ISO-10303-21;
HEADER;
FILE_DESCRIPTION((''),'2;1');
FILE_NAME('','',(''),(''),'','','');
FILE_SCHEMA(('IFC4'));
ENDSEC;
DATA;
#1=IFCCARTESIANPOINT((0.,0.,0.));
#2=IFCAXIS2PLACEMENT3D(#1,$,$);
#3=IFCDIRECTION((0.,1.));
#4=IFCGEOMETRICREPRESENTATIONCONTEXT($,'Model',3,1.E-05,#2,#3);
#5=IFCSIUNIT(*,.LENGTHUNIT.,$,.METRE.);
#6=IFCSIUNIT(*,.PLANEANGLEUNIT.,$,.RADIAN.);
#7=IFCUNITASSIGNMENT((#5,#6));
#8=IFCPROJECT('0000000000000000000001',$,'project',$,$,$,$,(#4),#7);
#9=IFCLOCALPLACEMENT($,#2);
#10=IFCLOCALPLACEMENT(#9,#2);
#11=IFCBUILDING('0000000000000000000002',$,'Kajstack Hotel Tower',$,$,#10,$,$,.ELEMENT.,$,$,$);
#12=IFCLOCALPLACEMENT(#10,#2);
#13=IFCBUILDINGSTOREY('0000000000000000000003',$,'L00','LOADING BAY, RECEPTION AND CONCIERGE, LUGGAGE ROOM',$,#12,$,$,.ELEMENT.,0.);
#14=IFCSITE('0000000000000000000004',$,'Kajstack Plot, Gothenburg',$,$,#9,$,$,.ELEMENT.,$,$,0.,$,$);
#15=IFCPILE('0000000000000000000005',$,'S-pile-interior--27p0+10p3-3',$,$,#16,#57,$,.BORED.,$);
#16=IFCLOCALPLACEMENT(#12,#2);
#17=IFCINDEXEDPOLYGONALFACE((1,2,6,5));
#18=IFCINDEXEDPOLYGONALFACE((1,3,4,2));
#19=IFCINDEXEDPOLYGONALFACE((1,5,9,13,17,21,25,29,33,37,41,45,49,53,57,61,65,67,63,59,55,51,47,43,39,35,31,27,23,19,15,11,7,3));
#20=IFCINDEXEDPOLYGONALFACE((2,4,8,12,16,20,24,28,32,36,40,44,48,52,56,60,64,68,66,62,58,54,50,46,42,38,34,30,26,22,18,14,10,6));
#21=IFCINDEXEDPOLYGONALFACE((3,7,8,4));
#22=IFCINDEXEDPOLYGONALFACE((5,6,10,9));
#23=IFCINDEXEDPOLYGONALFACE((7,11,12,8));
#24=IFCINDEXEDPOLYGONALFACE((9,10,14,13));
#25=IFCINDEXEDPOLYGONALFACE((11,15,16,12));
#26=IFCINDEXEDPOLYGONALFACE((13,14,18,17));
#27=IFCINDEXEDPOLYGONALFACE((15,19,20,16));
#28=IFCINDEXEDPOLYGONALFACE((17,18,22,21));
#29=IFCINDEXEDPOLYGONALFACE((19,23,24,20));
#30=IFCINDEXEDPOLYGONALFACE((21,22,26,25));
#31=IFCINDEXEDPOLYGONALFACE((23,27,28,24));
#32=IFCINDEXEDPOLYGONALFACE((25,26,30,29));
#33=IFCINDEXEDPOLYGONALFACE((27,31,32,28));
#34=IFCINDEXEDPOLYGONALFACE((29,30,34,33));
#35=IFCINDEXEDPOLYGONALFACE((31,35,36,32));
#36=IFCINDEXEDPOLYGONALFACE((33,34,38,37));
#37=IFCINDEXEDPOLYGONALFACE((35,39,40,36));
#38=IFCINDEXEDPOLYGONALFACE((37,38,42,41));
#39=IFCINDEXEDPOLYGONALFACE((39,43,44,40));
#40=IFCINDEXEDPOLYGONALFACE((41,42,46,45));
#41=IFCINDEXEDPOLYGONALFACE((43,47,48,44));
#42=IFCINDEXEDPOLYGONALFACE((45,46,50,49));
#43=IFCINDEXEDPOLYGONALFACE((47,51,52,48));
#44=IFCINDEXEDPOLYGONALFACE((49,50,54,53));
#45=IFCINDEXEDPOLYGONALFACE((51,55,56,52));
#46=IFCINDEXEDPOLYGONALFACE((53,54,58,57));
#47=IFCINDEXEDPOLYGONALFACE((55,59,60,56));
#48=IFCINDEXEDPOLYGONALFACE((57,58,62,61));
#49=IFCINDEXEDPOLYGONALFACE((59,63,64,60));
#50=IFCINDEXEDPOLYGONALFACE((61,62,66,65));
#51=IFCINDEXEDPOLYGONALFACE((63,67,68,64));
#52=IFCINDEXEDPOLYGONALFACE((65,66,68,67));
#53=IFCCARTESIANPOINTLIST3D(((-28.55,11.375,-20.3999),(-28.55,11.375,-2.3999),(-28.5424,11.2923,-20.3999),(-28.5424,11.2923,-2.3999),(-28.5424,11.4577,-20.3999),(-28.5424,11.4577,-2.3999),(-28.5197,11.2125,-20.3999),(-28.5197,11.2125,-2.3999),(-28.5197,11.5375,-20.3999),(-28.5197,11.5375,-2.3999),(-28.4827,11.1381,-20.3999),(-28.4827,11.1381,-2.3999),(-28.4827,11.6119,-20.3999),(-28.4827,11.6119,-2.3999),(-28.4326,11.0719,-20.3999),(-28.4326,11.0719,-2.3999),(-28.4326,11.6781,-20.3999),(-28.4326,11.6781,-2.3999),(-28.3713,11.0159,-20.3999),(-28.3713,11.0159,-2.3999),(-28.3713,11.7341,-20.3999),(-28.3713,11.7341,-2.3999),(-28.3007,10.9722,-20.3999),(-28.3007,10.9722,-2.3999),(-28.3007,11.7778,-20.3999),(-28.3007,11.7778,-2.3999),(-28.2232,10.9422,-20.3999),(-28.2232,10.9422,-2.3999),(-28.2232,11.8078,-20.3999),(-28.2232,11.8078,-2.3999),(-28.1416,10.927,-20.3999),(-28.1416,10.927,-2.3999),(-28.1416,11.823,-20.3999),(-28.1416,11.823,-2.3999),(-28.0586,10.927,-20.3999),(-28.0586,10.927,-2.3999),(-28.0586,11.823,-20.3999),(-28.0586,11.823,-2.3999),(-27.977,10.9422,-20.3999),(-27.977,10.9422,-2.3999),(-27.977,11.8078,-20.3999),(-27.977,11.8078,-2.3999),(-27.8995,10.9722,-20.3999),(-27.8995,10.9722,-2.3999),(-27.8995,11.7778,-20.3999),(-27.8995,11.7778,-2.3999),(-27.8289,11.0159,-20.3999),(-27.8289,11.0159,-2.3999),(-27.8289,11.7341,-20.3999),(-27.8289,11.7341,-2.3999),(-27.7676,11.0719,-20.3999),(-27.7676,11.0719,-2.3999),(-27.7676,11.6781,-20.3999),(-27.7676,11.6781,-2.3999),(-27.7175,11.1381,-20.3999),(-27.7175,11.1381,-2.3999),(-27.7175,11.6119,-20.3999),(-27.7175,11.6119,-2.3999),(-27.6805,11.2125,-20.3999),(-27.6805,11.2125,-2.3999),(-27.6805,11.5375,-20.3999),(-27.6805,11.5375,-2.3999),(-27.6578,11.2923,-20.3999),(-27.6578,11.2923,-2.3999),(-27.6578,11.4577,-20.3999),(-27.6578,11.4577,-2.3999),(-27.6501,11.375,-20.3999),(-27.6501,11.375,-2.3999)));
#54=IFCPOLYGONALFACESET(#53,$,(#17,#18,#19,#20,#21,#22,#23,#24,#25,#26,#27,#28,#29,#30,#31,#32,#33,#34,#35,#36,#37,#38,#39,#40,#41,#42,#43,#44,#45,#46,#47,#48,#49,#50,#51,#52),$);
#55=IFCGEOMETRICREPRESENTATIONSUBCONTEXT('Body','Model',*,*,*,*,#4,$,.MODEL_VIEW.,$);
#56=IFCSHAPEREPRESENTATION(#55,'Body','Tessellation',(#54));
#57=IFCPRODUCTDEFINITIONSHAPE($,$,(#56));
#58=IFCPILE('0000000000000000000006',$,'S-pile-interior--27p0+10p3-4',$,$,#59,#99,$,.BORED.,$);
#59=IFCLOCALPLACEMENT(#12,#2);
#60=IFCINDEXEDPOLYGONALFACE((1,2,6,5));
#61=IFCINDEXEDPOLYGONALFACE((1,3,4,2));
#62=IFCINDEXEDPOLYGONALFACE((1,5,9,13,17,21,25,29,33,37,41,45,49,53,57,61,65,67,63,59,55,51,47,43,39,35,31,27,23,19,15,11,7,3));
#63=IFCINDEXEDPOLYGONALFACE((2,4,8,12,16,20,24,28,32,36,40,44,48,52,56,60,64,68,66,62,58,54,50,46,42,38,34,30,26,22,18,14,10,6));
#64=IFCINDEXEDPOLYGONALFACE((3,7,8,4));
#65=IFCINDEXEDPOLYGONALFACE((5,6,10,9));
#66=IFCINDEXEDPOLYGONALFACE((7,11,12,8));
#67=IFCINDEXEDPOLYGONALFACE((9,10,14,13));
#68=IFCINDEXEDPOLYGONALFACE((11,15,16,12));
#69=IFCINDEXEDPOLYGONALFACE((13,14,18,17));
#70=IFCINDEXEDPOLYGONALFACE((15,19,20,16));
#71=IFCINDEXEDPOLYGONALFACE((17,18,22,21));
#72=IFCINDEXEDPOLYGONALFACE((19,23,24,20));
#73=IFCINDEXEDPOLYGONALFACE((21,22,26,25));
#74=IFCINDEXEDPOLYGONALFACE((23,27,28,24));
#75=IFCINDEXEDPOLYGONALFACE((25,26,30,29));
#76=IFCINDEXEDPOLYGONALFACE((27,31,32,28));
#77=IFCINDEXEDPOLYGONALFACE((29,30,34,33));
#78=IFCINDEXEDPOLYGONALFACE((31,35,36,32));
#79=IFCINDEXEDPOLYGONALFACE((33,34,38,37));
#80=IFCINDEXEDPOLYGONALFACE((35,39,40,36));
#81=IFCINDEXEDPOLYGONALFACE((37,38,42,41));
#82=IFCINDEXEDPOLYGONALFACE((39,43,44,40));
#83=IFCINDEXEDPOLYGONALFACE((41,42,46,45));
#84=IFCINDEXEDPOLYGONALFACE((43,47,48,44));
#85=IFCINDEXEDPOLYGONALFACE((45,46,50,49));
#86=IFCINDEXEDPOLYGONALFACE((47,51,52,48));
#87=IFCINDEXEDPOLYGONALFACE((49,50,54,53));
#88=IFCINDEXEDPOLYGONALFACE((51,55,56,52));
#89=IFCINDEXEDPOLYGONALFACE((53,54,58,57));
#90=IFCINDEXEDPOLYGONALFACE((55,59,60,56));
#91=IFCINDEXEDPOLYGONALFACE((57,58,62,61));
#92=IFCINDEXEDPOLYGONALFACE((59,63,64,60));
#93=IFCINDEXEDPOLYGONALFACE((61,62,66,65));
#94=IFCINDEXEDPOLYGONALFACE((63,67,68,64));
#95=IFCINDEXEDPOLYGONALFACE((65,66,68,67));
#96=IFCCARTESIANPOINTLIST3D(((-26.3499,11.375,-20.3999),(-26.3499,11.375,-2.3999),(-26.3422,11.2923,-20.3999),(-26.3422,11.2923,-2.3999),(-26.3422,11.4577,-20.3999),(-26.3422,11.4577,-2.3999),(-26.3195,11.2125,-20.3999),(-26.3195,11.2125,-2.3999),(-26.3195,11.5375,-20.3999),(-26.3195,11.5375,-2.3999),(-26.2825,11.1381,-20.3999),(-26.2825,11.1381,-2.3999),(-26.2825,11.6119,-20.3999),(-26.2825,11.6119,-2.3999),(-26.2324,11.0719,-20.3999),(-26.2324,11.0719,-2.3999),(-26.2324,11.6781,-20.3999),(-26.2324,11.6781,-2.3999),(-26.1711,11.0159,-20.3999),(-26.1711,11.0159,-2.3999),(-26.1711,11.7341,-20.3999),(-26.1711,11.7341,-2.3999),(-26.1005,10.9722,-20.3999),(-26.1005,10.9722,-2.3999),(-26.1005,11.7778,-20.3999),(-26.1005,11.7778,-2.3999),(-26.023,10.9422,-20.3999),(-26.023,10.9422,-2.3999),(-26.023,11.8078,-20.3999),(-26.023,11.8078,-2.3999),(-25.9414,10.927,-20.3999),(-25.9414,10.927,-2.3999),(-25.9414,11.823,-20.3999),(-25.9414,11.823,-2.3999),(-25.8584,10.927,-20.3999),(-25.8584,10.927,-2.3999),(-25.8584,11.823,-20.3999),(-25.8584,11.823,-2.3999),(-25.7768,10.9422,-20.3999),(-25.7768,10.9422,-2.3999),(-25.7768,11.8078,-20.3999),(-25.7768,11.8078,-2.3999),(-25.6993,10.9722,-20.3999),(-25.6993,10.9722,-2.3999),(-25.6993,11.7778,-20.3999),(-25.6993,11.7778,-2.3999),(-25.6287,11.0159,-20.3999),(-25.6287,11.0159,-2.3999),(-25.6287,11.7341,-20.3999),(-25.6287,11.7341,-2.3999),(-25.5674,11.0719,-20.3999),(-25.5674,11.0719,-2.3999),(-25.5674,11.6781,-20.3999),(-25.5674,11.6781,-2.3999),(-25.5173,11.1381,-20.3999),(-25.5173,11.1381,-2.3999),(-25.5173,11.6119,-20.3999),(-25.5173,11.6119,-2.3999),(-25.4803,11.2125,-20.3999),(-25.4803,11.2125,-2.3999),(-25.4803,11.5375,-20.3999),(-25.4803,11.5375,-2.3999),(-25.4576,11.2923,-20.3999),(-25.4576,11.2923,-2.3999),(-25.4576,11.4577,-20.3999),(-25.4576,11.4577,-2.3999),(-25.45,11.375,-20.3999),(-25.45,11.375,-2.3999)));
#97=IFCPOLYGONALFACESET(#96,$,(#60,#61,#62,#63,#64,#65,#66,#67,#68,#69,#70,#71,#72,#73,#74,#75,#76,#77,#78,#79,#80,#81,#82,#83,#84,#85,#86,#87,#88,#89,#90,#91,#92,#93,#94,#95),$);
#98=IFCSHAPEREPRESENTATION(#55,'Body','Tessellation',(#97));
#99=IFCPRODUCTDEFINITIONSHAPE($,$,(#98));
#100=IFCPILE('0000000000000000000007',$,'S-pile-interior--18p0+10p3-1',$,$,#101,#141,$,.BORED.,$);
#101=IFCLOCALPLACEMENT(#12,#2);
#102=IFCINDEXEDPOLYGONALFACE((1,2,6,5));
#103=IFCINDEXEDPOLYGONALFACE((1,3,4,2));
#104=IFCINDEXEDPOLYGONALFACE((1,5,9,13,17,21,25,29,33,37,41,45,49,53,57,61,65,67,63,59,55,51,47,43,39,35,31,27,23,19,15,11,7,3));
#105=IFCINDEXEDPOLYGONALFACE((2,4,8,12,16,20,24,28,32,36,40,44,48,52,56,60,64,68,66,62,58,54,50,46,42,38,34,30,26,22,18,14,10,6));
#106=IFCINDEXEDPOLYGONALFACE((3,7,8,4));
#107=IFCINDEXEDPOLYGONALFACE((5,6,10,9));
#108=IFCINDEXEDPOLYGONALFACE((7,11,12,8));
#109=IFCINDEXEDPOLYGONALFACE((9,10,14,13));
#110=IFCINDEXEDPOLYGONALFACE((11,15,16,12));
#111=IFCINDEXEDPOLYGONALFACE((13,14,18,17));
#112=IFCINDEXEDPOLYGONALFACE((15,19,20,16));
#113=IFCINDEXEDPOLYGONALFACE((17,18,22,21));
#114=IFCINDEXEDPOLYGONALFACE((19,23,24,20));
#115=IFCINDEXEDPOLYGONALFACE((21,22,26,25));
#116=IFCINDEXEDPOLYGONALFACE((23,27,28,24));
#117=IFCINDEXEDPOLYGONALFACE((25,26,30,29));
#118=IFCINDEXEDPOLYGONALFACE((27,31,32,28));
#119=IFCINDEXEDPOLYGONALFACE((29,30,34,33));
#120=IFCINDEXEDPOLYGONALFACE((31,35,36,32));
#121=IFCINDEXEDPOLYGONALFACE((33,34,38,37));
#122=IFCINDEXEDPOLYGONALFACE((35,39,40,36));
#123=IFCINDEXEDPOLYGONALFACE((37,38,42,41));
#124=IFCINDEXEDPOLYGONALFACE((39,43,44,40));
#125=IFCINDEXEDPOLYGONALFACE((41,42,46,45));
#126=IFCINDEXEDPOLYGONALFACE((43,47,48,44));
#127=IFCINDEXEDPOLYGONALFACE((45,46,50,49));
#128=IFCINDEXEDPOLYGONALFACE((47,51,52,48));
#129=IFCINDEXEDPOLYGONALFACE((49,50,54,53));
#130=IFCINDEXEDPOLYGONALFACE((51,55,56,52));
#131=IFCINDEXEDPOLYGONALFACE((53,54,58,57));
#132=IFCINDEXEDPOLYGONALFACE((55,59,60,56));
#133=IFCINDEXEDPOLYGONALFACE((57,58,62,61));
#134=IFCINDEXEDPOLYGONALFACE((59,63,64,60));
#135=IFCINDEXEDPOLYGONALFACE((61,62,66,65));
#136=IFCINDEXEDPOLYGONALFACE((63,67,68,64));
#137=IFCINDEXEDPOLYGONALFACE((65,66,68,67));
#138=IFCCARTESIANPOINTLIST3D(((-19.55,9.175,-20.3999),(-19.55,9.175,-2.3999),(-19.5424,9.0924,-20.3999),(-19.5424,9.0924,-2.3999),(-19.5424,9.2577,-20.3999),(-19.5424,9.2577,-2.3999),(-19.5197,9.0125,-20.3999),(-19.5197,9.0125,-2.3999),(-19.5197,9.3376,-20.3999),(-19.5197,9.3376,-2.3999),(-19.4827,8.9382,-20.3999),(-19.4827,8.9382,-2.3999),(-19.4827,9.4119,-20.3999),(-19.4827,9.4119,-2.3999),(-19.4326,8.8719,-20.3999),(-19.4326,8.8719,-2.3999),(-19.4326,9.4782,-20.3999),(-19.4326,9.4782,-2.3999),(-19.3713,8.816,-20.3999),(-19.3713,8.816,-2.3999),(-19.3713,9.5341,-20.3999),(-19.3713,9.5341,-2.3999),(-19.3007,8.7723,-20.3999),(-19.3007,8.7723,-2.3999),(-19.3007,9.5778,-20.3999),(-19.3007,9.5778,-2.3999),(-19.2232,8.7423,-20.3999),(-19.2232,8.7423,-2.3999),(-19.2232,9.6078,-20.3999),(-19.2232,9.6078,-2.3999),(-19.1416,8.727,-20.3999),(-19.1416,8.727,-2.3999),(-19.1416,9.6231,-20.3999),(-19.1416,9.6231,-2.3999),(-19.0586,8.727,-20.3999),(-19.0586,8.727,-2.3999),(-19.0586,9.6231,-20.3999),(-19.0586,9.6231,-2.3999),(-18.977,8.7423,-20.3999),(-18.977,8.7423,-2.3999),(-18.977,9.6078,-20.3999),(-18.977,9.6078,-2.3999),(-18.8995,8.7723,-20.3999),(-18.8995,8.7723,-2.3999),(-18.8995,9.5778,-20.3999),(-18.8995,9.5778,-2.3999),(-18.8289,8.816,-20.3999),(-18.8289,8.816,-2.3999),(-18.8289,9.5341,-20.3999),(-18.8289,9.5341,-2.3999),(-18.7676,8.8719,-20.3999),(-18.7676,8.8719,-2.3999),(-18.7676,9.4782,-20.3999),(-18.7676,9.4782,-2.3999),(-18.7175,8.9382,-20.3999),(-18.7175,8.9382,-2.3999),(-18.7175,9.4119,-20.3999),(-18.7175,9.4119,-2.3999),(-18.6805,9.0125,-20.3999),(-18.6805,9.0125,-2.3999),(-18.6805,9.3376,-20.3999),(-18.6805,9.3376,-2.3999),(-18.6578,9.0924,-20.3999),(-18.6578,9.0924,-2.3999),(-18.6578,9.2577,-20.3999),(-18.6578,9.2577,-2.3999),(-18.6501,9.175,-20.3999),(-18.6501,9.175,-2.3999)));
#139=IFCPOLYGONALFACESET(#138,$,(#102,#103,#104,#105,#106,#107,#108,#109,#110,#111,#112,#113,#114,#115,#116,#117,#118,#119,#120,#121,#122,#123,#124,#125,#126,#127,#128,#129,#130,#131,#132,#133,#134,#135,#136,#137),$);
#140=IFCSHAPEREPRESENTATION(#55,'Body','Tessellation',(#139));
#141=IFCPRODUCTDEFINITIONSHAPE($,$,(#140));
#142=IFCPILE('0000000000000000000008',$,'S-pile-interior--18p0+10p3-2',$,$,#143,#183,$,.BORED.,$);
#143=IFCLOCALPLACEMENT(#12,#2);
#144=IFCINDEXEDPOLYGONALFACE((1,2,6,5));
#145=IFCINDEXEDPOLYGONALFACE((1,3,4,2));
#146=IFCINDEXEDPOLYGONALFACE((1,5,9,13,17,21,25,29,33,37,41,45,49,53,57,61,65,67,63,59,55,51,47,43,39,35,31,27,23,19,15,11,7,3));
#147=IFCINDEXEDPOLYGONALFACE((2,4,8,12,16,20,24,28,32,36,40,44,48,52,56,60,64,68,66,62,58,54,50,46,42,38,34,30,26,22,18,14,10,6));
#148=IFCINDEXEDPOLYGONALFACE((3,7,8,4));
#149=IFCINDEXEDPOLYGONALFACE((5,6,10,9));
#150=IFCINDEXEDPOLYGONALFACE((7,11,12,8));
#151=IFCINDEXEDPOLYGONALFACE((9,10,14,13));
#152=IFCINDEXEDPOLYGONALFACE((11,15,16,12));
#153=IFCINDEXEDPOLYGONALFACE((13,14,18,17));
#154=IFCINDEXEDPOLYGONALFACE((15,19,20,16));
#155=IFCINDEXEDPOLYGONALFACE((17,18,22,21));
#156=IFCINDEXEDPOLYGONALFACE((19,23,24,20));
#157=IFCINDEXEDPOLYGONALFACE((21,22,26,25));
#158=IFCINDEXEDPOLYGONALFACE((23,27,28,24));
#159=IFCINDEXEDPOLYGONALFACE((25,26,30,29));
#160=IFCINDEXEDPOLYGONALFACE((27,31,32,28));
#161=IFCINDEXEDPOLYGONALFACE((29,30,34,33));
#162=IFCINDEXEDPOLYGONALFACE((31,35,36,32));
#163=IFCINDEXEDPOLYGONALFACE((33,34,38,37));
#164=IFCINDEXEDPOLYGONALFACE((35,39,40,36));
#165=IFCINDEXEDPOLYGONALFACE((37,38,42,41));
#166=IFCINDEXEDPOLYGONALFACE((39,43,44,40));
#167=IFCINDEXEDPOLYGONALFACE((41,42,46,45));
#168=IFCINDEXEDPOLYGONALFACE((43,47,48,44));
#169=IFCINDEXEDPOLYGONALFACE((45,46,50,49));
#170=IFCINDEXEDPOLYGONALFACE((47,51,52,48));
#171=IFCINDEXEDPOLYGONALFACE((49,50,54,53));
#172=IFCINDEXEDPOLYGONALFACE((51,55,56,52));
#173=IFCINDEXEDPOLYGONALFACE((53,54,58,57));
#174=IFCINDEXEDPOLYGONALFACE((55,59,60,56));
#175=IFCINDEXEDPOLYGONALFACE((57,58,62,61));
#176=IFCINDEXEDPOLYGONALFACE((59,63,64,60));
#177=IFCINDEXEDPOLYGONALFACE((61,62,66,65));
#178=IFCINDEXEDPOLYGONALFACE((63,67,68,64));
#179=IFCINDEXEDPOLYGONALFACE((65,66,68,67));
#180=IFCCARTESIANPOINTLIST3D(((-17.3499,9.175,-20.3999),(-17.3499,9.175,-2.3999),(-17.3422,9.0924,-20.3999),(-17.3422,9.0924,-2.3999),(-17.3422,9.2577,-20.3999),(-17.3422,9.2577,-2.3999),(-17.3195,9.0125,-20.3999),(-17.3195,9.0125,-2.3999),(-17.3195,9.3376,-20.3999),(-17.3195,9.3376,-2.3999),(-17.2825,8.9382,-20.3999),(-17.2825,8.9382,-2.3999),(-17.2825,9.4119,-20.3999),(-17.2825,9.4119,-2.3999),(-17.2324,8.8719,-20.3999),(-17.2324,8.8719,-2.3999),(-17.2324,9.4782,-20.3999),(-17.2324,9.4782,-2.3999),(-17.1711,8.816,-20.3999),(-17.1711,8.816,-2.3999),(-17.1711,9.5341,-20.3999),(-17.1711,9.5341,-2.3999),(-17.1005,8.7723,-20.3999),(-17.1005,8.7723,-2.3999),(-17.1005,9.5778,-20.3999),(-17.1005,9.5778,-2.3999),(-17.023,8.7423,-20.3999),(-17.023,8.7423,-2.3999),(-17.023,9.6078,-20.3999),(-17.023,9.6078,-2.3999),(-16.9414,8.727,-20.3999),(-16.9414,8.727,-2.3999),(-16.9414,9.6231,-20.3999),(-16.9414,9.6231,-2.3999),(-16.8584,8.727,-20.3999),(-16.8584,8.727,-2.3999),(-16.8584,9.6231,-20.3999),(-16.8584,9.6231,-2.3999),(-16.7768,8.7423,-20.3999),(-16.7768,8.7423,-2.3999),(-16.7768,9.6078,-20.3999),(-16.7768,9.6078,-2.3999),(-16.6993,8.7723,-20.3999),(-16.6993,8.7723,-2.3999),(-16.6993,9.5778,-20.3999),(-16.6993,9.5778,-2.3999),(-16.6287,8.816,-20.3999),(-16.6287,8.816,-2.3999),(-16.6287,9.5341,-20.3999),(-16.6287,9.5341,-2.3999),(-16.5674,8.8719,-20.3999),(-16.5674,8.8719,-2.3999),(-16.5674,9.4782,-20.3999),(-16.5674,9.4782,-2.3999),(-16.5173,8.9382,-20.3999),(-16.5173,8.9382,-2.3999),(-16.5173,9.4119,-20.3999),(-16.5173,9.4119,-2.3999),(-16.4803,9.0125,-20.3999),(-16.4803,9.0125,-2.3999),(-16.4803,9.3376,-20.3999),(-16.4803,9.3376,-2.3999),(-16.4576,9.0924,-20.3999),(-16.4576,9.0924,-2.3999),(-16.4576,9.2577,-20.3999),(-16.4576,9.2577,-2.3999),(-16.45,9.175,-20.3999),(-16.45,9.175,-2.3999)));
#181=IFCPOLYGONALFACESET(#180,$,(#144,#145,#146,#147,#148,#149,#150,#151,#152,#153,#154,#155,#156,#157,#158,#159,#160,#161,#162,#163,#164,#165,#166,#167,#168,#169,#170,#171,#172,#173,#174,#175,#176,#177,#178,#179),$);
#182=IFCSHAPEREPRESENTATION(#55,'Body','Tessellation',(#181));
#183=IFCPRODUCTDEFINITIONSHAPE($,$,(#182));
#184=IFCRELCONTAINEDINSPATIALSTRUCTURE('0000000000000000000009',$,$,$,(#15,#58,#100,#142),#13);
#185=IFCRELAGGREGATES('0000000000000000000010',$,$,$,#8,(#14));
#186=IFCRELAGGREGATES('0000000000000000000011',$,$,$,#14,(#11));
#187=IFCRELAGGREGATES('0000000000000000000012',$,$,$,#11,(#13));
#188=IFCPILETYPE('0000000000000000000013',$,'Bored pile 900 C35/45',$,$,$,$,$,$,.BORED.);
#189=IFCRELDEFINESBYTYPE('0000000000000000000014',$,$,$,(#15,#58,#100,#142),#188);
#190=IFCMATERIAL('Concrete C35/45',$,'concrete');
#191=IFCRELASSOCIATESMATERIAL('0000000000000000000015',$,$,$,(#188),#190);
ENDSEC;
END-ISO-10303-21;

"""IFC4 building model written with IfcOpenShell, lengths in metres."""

from ifc_helpers import new_model, si_unit, direction, frame, origin, origin_2d, place, context, subcontext, project, spatial, circle, extrude, material, material_profile, profile_set, type_object, element, save


model = new_model("IFC4")

# Units and contexts
model_context = context("Model", 3, precision=1e-05, world=origin(), true_north=direction((0.0, 1.0)))
body_context = subcontext(model_context, "Body", "Model", "MODEL_VIEW")
ifc_project = project(units=[si_unit("LENGTHUNIT", "METRE"), si_unit("PLANEANGLEUNIT", "RADIAN")], contexts=[model_context])

# Site, building, storey
site_placement = place(None, origin())
site = spatial("IfcSite", under=ifc_project, at=site_placement, Name="Kajstack Plot, Gothenburg", CompositionType="ELEMENT", RefElevation=0.0)
building_placement = place(site_placement, origin())
building = spatial("IfcBuilding", under=site, at=building_placement, Name="Kajstack Hotel Tower", CompositionType="ELEMENT")
storey_placement = place(building_placement, origin())
storey = spatial("IfcBuildingStorey", under=building, at=storey_placement, Name="L00", Description="LOADING BAY, RECEPTION AND CONCIERGE, LUGGAGE ROOM", CompositionType="ELEMENT", Elevation=0.0)

# Piles
ifc_material_1 = material(Name="Concrete C35/45", Category="concrete")
ifc_material_profile_1 = material_profile(ifc_material_1, circle(Radius=0.45, at=origin_2d()), Name="RC round 900")
ifc_profile_set_1 = profile_set([ifc_material_profile_1], Name="Concrete C35/45")
pile_type_1 = type_object("IfcPileType", Name="Bored pile 900 C35/45", PredefinedType="BORED", material=ifc_profile_set_1)
for number, where, z_axis, x_axis, name in (
    (1, (-28.1001, 11.375, -2.3999), (0.0, 0.0, -1.0), (1.0, 0.0, 0.0), "S-pile-interior--27p0+10p3-3"),
    (2, (-25.8999, 11.375, -2.3999), (0.0, 0.0, -1.0), (1.0, 0.0, 0.0), "S-pile-interior--27p0+10p3-4"),
    (3, (-19.1001, 9.175, -2.3999), (0.0, 0.0, -1.0), (1.0, 0.0, 0.0), "S-pile-interior--18p0+10p3-1"),
    (4, (-16.8999, 9.175, -2.3999), (0.0, 0.0, -1.0), (1.0, 0.0, 0.0), "S-pile-interior--18p0+10p3-2"),
):
    element("IfcPile", number, at=place(storey_placement, frame(where, z_axis=z_axis, x_axis=x_axis)), inside=storey, type_object=pile_type_1, Name=name, PredefinedType="BORED", context=body_context, shape_type="SweptSolid", body=[
        extrude(circle(Radius=0.45, at=origin_2d()), origin(), (0.0, 0.0, 1.0), 18.0),
    ])

save(model, "model.ifc")
